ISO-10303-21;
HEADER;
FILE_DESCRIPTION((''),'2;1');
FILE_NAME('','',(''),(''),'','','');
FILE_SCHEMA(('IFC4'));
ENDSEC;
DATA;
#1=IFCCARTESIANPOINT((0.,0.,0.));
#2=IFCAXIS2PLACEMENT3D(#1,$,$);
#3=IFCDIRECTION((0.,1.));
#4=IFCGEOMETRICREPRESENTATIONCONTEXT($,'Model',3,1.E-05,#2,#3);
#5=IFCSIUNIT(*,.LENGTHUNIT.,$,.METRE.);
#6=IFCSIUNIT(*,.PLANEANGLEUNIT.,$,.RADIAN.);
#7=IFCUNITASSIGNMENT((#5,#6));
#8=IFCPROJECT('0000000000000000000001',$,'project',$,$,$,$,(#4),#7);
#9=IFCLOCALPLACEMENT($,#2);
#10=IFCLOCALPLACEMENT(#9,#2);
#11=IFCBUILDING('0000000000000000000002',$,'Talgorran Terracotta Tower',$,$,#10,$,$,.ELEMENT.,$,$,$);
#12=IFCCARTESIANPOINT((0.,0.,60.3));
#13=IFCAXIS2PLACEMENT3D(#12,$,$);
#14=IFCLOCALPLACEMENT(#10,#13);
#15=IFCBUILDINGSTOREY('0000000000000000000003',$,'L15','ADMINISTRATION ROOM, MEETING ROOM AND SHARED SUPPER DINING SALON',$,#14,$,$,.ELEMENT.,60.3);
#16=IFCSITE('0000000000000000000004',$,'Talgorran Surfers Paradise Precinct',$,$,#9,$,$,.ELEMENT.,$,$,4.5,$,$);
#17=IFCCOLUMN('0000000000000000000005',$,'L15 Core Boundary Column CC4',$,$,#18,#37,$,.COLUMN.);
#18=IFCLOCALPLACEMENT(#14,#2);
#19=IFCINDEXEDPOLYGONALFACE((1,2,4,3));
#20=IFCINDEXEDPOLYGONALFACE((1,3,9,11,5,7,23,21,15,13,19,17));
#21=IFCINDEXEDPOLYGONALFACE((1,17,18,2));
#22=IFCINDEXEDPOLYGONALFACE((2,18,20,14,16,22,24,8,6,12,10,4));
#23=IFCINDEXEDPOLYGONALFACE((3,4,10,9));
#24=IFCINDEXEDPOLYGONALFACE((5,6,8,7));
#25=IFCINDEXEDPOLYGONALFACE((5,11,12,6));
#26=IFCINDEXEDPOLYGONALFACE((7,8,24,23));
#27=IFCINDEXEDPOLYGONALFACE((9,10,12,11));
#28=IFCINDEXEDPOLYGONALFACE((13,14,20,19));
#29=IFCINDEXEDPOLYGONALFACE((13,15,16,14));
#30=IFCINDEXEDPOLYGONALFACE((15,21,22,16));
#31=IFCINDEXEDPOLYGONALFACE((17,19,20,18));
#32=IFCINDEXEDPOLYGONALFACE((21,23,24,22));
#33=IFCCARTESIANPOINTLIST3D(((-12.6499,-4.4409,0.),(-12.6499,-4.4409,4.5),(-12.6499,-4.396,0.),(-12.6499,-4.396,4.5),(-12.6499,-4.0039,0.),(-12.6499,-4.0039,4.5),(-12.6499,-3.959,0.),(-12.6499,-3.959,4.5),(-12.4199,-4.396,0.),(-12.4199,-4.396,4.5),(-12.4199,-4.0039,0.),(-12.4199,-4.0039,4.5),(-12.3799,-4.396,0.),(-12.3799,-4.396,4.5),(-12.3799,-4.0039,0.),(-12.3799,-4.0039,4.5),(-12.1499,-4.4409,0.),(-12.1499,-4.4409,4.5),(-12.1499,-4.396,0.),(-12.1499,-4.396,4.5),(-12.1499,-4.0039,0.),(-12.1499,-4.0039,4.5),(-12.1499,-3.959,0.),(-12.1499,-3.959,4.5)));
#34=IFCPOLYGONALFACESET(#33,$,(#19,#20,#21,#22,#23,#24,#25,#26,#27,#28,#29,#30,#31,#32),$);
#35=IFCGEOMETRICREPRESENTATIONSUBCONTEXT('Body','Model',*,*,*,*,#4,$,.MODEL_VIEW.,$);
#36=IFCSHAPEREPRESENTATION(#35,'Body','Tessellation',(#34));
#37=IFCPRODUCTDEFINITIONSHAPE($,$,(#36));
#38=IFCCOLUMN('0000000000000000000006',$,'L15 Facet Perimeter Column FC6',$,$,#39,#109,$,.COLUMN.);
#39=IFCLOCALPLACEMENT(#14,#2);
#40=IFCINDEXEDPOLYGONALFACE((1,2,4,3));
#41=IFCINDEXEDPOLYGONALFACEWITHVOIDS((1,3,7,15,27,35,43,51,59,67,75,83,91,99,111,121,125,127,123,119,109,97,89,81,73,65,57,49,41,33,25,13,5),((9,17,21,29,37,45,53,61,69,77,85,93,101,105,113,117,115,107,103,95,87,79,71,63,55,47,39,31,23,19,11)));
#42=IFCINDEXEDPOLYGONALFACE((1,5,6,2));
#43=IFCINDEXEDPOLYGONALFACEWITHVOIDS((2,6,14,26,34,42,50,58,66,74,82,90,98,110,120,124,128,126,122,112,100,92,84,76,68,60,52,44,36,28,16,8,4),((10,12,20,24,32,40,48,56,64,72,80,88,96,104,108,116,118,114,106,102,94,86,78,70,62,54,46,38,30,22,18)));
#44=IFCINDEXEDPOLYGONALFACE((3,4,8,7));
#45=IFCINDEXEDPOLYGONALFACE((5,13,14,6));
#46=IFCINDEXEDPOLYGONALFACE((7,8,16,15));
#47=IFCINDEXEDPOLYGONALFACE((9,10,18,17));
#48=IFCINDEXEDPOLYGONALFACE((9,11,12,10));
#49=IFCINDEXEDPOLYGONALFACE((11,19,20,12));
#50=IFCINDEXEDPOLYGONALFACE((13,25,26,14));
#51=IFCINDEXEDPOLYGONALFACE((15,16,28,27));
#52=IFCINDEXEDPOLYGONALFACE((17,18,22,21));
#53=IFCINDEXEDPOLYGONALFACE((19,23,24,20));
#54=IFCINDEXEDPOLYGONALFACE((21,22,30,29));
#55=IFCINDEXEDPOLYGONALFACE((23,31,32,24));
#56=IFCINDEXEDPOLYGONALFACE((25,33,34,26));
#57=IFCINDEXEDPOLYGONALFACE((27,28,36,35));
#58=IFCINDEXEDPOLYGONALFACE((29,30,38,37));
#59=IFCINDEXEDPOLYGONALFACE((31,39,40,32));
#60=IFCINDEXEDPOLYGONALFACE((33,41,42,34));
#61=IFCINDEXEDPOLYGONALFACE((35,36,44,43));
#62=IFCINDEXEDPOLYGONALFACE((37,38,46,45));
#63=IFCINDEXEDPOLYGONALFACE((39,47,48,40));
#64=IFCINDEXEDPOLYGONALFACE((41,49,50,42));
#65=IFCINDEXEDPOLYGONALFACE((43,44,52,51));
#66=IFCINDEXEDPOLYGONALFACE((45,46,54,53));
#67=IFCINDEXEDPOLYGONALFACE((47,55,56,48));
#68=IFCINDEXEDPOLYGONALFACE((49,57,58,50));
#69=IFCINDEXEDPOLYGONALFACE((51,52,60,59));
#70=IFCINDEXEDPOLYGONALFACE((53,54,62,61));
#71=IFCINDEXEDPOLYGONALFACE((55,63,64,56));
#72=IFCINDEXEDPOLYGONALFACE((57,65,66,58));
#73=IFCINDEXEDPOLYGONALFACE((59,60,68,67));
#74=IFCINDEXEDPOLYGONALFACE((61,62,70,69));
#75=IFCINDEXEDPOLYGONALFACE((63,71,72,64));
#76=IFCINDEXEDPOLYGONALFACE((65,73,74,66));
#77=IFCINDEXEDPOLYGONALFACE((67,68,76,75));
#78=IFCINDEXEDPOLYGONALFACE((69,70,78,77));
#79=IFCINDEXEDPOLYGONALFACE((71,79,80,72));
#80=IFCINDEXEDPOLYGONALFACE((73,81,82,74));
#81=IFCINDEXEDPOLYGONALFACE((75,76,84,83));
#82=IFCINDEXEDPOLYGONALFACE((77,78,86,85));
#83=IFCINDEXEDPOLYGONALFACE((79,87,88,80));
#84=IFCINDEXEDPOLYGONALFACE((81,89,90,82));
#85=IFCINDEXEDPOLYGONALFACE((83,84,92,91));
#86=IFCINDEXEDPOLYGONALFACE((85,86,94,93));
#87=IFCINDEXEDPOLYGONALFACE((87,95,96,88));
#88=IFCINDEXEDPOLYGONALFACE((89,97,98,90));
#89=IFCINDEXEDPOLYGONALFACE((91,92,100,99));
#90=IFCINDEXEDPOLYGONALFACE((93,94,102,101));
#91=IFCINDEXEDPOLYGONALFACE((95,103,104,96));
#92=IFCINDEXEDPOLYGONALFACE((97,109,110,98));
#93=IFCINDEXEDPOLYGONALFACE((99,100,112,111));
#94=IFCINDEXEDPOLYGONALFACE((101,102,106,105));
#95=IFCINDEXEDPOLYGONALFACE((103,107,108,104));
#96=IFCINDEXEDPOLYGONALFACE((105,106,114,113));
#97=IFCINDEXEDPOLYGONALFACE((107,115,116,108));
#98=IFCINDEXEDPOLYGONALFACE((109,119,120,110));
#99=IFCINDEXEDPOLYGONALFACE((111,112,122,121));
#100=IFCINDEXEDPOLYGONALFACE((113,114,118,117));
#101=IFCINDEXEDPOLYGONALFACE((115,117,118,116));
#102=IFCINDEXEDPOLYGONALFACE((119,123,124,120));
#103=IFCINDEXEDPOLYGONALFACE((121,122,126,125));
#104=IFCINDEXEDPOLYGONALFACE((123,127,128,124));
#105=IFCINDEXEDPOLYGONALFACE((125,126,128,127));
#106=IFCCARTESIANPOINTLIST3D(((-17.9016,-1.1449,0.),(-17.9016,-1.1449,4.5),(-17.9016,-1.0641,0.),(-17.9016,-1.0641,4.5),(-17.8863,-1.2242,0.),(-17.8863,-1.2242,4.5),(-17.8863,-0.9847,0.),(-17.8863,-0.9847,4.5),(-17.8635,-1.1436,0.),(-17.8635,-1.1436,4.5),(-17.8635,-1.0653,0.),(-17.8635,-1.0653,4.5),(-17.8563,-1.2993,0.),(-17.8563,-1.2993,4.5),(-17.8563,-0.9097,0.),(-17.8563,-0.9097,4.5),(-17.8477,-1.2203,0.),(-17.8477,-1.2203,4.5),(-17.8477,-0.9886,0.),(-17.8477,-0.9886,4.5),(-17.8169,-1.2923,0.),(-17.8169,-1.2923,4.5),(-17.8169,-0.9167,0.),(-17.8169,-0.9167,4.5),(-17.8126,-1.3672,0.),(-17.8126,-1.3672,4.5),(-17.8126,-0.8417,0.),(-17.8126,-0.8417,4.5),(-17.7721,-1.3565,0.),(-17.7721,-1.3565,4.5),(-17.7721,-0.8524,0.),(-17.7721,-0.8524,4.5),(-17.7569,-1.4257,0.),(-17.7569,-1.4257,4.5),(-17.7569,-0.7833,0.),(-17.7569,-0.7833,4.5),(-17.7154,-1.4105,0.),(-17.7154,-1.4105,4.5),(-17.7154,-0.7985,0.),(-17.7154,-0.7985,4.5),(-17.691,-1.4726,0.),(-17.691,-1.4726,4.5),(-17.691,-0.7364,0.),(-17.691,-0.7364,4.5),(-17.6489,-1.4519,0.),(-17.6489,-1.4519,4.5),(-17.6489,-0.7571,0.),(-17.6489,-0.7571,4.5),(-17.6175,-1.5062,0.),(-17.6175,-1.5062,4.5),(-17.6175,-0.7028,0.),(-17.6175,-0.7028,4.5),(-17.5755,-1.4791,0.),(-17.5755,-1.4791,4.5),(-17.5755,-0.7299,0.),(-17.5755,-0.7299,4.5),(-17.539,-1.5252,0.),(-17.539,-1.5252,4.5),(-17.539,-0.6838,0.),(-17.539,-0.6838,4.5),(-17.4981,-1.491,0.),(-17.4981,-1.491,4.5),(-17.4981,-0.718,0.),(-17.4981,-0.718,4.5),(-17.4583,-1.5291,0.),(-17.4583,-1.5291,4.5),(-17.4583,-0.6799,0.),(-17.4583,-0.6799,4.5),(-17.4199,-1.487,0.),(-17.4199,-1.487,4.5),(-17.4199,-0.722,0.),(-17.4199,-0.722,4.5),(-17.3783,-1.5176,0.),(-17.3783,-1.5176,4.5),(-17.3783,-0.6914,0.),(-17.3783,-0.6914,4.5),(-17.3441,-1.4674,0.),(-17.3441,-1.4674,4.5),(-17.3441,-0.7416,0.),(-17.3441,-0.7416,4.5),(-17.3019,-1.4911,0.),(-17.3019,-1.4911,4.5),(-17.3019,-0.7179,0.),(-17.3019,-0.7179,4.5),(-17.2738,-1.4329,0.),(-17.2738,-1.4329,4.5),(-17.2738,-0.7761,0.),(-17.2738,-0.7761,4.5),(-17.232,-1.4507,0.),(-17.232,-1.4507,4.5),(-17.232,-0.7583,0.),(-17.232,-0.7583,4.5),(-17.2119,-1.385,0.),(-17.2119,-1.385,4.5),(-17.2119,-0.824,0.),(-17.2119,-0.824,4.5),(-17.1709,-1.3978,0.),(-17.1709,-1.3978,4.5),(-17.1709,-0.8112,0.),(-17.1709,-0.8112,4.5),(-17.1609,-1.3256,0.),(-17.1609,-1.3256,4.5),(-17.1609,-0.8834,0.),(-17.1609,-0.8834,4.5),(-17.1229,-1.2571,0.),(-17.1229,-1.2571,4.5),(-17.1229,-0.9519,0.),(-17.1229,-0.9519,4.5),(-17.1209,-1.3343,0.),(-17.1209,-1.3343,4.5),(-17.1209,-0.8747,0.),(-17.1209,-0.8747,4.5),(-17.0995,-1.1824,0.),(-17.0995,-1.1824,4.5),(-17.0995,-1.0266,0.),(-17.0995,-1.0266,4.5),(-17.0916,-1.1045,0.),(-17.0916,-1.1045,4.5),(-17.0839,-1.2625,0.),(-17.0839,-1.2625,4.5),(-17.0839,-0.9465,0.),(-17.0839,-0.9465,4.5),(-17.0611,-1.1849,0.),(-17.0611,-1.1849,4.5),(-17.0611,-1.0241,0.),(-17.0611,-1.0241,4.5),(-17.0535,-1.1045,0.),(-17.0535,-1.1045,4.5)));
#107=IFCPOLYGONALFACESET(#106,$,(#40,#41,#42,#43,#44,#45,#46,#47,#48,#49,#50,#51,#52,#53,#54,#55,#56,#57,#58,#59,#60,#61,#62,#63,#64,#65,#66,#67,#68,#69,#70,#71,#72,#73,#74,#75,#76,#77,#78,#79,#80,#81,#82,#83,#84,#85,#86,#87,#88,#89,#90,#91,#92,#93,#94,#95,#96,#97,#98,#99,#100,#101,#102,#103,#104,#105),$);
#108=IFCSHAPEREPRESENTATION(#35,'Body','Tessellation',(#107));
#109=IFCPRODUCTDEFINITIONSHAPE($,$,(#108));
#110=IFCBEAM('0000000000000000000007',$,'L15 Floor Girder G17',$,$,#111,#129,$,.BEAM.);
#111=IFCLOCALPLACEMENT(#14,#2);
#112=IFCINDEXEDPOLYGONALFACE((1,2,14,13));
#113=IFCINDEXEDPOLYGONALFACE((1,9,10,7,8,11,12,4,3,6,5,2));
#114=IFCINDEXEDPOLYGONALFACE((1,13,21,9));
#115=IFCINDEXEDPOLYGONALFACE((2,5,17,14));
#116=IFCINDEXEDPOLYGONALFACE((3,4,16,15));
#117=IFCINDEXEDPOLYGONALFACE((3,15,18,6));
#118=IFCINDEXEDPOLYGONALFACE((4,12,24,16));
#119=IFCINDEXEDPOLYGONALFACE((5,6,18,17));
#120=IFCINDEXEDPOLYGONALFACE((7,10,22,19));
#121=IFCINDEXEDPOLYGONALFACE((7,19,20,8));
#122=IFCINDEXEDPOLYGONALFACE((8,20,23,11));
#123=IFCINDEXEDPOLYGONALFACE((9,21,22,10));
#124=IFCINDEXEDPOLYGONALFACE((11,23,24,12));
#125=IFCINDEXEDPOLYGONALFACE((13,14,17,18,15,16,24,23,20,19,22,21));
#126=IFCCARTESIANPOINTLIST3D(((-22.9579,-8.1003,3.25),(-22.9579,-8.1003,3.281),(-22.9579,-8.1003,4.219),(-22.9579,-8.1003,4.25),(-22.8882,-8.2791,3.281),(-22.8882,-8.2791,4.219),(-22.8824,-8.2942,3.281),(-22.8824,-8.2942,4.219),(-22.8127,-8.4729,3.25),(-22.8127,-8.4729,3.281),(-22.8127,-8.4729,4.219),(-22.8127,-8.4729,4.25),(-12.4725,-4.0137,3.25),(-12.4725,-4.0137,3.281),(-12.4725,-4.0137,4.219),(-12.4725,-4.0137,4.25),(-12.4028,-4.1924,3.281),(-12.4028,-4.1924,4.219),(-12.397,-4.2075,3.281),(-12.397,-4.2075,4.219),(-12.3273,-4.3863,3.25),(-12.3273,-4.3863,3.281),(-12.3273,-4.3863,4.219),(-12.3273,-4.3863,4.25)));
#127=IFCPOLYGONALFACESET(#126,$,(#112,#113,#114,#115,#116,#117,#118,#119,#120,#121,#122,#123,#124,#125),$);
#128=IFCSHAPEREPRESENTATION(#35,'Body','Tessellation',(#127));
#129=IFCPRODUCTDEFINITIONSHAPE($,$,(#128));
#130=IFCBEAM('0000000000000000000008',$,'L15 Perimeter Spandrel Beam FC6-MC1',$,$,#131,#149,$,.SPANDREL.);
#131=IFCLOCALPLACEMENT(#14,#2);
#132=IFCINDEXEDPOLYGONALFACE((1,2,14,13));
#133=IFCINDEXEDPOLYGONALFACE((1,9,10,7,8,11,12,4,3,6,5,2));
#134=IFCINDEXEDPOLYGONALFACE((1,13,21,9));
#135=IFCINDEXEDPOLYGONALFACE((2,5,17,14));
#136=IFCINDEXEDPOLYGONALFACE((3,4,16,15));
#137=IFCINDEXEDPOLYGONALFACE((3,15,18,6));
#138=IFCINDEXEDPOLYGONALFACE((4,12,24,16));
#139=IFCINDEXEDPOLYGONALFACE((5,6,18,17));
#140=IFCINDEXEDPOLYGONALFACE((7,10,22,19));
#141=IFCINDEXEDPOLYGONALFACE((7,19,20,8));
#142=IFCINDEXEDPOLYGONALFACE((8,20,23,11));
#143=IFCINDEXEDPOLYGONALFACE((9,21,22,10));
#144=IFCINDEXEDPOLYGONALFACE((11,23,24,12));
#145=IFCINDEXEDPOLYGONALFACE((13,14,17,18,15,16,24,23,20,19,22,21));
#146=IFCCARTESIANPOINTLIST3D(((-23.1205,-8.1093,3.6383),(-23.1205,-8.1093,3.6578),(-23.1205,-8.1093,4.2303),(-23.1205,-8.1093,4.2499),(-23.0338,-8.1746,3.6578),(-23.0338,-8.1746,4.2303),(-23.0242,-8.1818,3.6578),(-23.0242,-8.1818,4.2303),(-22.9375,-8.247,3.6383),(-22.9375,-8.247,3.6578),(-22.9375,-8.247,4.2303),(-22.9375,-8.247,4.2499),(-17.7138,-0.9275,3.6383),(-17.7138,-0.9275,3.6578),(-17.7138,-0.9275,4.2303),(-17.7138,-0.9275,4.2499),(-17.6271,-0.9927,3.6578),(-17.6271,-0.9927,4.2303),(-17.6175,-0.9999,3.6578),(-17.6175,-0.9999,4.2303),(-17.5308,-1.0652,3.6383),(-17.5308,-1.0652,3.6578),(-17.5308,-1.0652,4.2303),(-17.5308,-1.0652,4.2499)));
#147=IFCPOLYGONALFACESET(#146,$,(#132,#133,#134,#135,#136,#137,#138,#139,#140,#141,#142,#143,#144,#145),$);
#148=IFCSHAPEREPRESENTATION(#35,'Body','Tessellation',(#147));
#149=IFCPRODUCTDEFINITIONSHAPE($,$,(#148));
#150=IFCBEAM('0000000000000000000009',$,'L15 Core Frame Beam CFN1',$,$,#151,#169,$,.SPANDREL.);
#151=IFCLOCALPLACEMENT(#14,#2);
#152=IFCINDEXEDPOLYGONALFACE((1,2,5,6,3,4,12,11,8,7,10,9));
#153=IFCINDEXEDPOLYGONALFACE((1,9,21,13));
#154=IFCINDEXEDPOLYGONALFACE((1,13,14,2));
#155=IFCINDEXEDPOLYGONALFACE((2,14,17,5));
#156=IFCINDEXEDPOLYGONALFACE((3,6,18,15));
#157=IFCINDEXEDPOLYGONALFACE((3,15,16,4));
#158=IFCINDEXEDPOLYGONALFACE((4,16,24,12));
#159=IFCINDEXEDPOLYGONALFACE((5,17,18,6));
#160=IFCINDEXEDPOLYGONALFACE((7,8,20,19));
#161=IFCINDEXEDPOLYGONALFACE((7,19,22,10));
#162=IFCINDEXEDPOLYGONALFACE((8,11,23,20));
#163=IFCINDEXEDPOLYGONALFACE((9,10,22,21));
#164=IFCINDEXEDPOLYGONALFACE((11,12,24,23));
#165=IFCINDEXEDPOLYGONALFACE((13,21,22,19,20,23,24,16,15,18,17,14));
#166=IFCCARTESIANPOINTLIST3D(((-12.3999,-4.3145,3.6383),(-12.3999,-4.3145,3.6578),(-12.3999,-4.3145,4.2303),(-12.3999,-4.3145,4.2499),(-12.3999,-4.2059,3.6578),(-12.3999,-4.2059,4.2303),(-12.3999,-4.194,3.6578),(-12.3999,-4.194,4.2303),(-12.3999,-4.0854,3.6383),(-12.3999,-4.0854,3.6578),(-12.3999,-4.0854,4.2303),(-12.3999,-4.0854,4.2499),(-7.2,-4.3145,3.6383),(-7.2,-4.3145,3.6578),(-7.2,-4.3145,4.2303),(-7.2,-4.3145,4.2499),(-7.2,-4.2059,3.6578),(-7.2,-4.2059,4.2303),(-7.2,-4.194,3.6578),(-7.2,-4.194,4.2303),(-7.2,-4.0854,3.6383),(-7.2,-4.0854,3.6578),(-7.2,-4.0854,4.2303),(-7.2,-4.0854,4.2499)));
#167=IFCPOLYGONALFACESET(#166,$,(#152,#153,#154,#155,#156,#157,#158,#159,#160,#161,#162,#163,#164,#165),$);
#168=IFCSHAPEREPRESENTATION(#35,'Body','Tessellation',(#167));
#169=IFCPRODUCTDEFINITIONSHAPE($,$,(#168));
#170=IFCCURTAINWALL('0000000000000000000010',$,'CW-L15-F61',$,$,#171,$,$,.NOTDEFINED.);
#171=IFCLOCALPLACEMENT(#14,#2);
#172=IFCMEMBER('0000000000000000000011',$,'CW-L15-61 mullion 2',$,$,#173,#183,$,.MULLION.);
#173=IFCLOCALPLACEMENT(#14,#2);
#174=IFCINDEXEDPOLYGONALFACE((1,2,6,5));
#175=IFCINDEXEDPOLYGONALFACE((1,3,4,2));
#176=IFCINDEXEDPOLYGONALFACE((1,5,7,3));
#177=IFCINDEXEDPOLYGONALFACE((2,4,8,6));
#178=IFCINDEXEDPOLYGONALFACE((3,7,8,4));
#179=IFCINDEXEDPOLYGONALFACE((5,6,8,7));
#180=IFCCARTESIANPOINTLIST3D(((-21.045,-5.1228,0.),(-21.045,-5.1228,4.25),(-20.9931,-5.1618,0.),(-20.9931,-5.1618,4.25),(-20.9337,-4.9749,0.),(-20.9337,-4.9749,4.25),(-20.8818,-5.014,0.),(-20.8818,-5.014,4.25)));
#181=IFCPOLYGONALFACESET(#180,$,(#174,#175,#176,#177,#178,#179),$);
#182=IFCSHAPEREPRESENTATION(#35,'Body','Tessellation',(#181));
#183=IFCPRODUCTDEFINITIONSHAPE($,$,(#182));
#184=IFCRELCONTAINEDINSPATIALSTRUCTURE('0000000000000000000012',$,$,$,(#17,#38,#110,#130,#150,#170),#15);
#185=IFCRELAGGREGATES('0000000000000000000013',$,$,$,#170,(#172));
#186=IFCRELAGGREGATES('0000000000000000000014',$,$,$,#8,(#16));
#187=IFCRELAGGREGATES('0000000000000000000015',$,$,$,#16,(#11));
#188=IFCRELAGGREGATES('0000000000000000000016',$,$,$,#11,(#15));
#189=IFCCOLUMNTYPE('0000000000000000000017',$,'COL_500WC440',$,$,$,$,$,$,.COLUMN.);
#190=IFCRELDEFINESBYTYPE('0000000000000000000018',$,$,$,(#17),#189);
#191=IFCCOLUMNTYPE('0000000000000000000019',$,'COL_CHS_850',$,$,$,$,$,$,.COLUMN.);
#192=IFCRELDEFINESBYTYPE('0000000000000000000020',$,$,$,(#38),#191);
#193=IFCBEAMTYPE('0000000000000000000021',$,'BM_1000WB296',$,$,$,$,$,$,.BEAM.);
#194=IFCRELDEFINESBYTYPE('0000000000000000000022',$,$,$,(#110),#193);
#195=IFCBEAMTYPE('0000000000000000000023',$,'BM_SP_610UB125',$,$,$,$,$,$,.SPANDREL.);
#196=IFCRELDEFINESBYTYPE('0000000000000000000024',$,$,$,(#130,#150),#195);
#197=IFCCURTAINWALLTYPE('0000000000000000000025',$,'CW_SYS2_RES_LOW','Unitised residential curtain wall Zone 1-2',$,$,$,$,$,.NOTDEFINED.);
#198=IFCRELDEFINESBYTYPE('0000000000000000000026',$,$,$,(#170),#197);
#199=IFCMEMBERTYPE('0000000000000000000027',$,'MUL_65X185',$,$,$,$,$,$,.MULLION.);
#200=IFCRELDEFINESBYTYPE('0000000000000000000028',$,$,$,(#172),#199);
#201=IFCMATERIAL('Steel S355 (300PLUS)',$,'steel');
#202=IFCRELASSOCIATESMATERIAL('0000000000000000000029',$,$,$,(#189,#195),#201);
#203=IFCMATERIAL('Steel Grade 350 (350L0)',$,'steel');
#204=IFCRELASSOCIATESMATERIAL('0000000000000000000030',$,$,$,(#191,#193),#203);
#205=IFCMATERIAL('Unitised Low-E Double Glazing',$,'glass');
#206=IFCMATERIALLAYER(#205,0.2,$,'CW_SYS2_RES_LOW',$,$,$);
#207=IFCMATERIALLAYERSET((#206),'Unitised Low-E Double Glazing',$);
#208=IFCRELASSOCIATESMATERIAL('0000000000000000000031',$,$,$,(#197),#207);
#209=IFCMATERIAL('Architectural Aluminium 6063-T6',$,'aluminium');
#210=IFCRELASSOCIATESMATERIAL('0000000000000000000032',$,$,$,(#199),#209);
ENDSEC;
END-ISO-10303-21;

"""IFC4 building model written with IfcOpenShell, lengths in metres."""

from ifc_helpers import new_model, si_unit, direction, frame, origin, origin_2d, place, context, subcontext, project, spatial, rectangle, hollow_circle, i_section, extrude, material, layer, layer_set, material_profile, profile_set, type_object, element, aggregate, save


model = new_model("IFC4")

# Units and contexts
model_context = context("Model", 3, precision=1e-05, world=origin(), true_north=direction((0.0, 1.0)))
body_context = subcontext(model_context, "Body", "Model", "MODEL_VIEW")
ifc_project = project(units=[si_unit("LENGTHUNIT", "METRE"), si_unit("PLANEANGLEUNIT", "RADIAN")], contexts=[model_context])

# Site, building, storey
site_placement = place(None, origin())
site = spatial("IfcSite", under=ifc_project, at=site_placement, Name="Talgorran Surfers Paradise Precinct", CompositionType="ELEMENT", RefElevation=4.5)
building_placement = place(site_placement, origin())
building = spatial("IfcBuilding", under=site, at=building_placement, Name="Talgorran Terracotta Tower", CompositionType="ELEMENT")
storey_placement = place(building_placement, frame((0.0, 0.0, 60.3)))
storey = spatial("IfcBuildingStorey", under=building, at=storey_placement, Name="L15", Description="ADMINISTRATION ROOM, MEETING ROOM AND SHARED SUPPER DINING SALON", CompositionType="ELEMENT", Elevation=60.3)

# Columns
ifc_material_1 = material(Name="Steel S355 (300PLUS)", Category="steel")
ifc_material_profile_1 = material_profile(ifc_material_1, i_section(OverallWidth=0.5, OverallDepth=0.4819, WebThickness=0.04, FlangeThickness=0.0449, at=origin_2d()), Name="500WC440")
ifc_profile_set_1 = profile_set([ifc_material_profile_1], Name="Steel S355 (300PLUS)")
column_type_1 = type_object("IfcColumnType", Name="COL_500WC440", PredefinedType="COLUMN", material=ifc_profile_set_1)
column_1_placement = place(storey_placement, frame((-12.3999, -4.2, 0.0), z_axis=(0.0, 0.0, 1.0), x_axis=(1.0, 0.0, 0.0)))
element("IfcColumn", 1, at=column_1_placement, inside=storey, type_object=column_type_1, Name="L15 Core Boundary Column CC4", PredefinedType="COLUMN", context=body_context, shape_type="SweptSolid", body=[
    extrude(i_section(OverallWidth=0.5, OverallDepth=0.4819, WebThickness=0.04, FlangeThickness=0.0449, at=origin_2d()), origin(), (0.0, 0.0, 1.0), 4.5),
])
ifc_material_2 = material(Name="Steel Grade 350 (350L0)", Category="steel")
ifc_material_profile_2 = material_profile(ifc_material_2, hollow_circle(Radius=0.425, WallThickness=0.0381, at=origin_2d()), Name="CHS850X38")
ifc_profile_set_2 = profile_set([ifc_material_profile_2], Name="Steel Grade 350 (350L0)")
column_type_2 = type_object("IfcColumnType", Name="COL_CHS_850", PredefinedType="COLUMN", material=ifc_profile_set_2)
column_2_placement = place(storey_placement, frame((-17.4785, -1.1045, 0.0), z_axis=(0.0, 0.0, 1.0), x_axis=(1.0, 0.0, 0.0)))
element("IfcColumn", 2, at=column_2_placement, inside=storey, type_object=column_type_2, Name="L15 Facet Perimeter Column FC6", PredefinedType="COLUMN", context=body_context, shape_type="SweptSolid", body=[
    extrude(hollow_circle(Radius=0.425, WallThickness=0.0381, at=origin_2d()), origin(), (0.0, 0.0, 1.0), 4.5),
])

# Beams
ifc_material_profile_3 = material_profile(ifc_material_2, i_section(OverallWidth=0.3999, OverallDepth=1.0, WebThickness=0.0161, FlangeThickness=0.031, at=origin_2d()), Name="1000WB296")
ifc_profile_set_3 = profile_set([ifc_material_profile_3], Name="Steel Grade 350 (350L0)")
beam_type_1 = type_object("IfcBeamType", Name="BM_1000WB296", PredefinedType="BEAM", material=ifc_profile_set_3)
beam_1_placement = place(storey_placement, frame((-12.3999, -4.2, 3.75), z_axis=(-0.931733, -0.363143, 0.0), x_axis=(0.363143, -0.931733, 0.0)))
element("IfcBeam", 3, at=beam_1_placement, inside=storey, type_object=beam_type_1, Name="L15 Floor Girder G17", PredefinedType="BEAM", context=body_context, shape_type="SweptSolid", body=[
    extrude(i_section(OverallWidth=0.3999, OverallDepth=1.0, WebThickness=0.0161, FlangeThickness=0.031, at=origin_2d()), origin(), (0.0, 0.0, 1.0), 11.2537),
])
ifc_material_profile_4 = material_profile(ifc_material_1, i_section(OverallWidth=0.229, OverallDepth=0.6116, WebThickness=0.012, FlangeThickness=0.0195, at=origin_2d()), Name="610UB125")
ifc_profile_set_4 = profile_set([ifc_material_profile_4], Name="Steel S355 (300PLUS)")
beam_type_2 = type_object("IfcBeamType", Name="BM_SP_610UB125", PredefinedType="SPANDREL", material=ifc_profile_set_4)
beam_2_placement = place(storey_placement, frame((-17.6223, -0.9963, 3.9441), z_axis=(-0.601446, -0.798913, 0.0), x_axis=(0.798913, -0.601446, 0.0)))
element("IfcBeam", 4, at=beam_2_placement, inside=storey, type_object=beam_type_2, Name="L15 Perimeter Spandrel Beam FC6-MC1", PredefinedType="SPANDREL", context=body_context, shape_type="SweptSolid", body=[
    extrude(i_section(OverallWidth=0.229, OverallDepth=0.6116, WebThickness=0.012, FlangeThickness=0.0195, at=origin_2d()), origin(), (0.0, 0.0, 1.0), 8.9895),
])
beam_3_placement = place(storey_placement, frame((-12.3999, -4.2, 3.9441), z_axis=(1.0, 0.0, 0.0), x_axis=(0.0, 1.0, 0.0)))
element("IfcBeam", 5, at=beam_3_placement, inside=storey, type_object=beam_type_2, Name="L15 Core Frame Beam CFN1", PredefinedType="SPANDREL", context=body_context, shape_type="SweptSolid", body=[
    extrude(i_section(OverallWidth=0.229, OverallDepth=0.6116, WebThickness=0.012, FlangeThickness=0.0195, at=origin_2d()), origin(), (0.0, 0.0, 1.0), 5.2),
])

# Curtain wall, member
ifc_material_3 = material(Name="Unitised Low-E Double Glazing", Category="glass")
ifc_layer_1 = layer(ifc_material_3, 0.2, Name="CW_SYS2_RES_LOW")
ifc_layer_set_1 = layer_set([ifc_layer_1], Name="Unitised Low-E Double Glazing")
curtain_wall_type = type_object("IfcCurtainWallType", Name="CW_SYS2_RES_LOW", Description="Unitised residential curtain wall Zone 1-2", PredefinedType="NOTDEFINED", material=ifc_layer_set_1)
curtain_wall_1_placement = place(storey_placement, origin())
curtain_wall_1 = element("IfcCurtainWall", 6, at=curtain_wall_1_placement, inside=storey, type_object=curtain_wall_type, Name="CW-L15-F61", PredefinedType="NOTDEFINED")
ifc_material_4 = material(Name="Architectural Aluminium 6063-T6", Category="aluminium")
ifc_material_profile_5 = material_profile(ifc_material_4, rectangle(XDim=0.0649, YDim=0.1851, at=origin_2d()), Name="CWM65X185")
ifc_profile_set_5 = profile_set([ifc_material_profile_5], Name="Architectural Aluminium 6063-T6")
member_type_1 = type_object("IfcMemberType", Name="MUL_65X185", PredefinedType="MULLION", material=ifc_profile_set_5)
member_1_placement = place(storey_placement, frame((-20.9634, -5.0684, 0.0), z_axis=(0.0, 0.0, 1.0), x_axis=(0.798918, -0.60144, 0.0)))
member_1 = element("IfcMember", 7, at=member_1_placement, type_object=member_type_1, Name="CW-L15-61 mullion 2", PredefinedType="MULLION", context=body_context, shape_type="SweptSolid", body=[
    extrude(rectangle(XDim=0.0649, YDim=0.1851, at=origin_2d()), origin(), (0.0, 0.0, 1.0), 4.25),
])

aggregate(curtain_wall_1, [member_1])

save(model, "model.ifc")
